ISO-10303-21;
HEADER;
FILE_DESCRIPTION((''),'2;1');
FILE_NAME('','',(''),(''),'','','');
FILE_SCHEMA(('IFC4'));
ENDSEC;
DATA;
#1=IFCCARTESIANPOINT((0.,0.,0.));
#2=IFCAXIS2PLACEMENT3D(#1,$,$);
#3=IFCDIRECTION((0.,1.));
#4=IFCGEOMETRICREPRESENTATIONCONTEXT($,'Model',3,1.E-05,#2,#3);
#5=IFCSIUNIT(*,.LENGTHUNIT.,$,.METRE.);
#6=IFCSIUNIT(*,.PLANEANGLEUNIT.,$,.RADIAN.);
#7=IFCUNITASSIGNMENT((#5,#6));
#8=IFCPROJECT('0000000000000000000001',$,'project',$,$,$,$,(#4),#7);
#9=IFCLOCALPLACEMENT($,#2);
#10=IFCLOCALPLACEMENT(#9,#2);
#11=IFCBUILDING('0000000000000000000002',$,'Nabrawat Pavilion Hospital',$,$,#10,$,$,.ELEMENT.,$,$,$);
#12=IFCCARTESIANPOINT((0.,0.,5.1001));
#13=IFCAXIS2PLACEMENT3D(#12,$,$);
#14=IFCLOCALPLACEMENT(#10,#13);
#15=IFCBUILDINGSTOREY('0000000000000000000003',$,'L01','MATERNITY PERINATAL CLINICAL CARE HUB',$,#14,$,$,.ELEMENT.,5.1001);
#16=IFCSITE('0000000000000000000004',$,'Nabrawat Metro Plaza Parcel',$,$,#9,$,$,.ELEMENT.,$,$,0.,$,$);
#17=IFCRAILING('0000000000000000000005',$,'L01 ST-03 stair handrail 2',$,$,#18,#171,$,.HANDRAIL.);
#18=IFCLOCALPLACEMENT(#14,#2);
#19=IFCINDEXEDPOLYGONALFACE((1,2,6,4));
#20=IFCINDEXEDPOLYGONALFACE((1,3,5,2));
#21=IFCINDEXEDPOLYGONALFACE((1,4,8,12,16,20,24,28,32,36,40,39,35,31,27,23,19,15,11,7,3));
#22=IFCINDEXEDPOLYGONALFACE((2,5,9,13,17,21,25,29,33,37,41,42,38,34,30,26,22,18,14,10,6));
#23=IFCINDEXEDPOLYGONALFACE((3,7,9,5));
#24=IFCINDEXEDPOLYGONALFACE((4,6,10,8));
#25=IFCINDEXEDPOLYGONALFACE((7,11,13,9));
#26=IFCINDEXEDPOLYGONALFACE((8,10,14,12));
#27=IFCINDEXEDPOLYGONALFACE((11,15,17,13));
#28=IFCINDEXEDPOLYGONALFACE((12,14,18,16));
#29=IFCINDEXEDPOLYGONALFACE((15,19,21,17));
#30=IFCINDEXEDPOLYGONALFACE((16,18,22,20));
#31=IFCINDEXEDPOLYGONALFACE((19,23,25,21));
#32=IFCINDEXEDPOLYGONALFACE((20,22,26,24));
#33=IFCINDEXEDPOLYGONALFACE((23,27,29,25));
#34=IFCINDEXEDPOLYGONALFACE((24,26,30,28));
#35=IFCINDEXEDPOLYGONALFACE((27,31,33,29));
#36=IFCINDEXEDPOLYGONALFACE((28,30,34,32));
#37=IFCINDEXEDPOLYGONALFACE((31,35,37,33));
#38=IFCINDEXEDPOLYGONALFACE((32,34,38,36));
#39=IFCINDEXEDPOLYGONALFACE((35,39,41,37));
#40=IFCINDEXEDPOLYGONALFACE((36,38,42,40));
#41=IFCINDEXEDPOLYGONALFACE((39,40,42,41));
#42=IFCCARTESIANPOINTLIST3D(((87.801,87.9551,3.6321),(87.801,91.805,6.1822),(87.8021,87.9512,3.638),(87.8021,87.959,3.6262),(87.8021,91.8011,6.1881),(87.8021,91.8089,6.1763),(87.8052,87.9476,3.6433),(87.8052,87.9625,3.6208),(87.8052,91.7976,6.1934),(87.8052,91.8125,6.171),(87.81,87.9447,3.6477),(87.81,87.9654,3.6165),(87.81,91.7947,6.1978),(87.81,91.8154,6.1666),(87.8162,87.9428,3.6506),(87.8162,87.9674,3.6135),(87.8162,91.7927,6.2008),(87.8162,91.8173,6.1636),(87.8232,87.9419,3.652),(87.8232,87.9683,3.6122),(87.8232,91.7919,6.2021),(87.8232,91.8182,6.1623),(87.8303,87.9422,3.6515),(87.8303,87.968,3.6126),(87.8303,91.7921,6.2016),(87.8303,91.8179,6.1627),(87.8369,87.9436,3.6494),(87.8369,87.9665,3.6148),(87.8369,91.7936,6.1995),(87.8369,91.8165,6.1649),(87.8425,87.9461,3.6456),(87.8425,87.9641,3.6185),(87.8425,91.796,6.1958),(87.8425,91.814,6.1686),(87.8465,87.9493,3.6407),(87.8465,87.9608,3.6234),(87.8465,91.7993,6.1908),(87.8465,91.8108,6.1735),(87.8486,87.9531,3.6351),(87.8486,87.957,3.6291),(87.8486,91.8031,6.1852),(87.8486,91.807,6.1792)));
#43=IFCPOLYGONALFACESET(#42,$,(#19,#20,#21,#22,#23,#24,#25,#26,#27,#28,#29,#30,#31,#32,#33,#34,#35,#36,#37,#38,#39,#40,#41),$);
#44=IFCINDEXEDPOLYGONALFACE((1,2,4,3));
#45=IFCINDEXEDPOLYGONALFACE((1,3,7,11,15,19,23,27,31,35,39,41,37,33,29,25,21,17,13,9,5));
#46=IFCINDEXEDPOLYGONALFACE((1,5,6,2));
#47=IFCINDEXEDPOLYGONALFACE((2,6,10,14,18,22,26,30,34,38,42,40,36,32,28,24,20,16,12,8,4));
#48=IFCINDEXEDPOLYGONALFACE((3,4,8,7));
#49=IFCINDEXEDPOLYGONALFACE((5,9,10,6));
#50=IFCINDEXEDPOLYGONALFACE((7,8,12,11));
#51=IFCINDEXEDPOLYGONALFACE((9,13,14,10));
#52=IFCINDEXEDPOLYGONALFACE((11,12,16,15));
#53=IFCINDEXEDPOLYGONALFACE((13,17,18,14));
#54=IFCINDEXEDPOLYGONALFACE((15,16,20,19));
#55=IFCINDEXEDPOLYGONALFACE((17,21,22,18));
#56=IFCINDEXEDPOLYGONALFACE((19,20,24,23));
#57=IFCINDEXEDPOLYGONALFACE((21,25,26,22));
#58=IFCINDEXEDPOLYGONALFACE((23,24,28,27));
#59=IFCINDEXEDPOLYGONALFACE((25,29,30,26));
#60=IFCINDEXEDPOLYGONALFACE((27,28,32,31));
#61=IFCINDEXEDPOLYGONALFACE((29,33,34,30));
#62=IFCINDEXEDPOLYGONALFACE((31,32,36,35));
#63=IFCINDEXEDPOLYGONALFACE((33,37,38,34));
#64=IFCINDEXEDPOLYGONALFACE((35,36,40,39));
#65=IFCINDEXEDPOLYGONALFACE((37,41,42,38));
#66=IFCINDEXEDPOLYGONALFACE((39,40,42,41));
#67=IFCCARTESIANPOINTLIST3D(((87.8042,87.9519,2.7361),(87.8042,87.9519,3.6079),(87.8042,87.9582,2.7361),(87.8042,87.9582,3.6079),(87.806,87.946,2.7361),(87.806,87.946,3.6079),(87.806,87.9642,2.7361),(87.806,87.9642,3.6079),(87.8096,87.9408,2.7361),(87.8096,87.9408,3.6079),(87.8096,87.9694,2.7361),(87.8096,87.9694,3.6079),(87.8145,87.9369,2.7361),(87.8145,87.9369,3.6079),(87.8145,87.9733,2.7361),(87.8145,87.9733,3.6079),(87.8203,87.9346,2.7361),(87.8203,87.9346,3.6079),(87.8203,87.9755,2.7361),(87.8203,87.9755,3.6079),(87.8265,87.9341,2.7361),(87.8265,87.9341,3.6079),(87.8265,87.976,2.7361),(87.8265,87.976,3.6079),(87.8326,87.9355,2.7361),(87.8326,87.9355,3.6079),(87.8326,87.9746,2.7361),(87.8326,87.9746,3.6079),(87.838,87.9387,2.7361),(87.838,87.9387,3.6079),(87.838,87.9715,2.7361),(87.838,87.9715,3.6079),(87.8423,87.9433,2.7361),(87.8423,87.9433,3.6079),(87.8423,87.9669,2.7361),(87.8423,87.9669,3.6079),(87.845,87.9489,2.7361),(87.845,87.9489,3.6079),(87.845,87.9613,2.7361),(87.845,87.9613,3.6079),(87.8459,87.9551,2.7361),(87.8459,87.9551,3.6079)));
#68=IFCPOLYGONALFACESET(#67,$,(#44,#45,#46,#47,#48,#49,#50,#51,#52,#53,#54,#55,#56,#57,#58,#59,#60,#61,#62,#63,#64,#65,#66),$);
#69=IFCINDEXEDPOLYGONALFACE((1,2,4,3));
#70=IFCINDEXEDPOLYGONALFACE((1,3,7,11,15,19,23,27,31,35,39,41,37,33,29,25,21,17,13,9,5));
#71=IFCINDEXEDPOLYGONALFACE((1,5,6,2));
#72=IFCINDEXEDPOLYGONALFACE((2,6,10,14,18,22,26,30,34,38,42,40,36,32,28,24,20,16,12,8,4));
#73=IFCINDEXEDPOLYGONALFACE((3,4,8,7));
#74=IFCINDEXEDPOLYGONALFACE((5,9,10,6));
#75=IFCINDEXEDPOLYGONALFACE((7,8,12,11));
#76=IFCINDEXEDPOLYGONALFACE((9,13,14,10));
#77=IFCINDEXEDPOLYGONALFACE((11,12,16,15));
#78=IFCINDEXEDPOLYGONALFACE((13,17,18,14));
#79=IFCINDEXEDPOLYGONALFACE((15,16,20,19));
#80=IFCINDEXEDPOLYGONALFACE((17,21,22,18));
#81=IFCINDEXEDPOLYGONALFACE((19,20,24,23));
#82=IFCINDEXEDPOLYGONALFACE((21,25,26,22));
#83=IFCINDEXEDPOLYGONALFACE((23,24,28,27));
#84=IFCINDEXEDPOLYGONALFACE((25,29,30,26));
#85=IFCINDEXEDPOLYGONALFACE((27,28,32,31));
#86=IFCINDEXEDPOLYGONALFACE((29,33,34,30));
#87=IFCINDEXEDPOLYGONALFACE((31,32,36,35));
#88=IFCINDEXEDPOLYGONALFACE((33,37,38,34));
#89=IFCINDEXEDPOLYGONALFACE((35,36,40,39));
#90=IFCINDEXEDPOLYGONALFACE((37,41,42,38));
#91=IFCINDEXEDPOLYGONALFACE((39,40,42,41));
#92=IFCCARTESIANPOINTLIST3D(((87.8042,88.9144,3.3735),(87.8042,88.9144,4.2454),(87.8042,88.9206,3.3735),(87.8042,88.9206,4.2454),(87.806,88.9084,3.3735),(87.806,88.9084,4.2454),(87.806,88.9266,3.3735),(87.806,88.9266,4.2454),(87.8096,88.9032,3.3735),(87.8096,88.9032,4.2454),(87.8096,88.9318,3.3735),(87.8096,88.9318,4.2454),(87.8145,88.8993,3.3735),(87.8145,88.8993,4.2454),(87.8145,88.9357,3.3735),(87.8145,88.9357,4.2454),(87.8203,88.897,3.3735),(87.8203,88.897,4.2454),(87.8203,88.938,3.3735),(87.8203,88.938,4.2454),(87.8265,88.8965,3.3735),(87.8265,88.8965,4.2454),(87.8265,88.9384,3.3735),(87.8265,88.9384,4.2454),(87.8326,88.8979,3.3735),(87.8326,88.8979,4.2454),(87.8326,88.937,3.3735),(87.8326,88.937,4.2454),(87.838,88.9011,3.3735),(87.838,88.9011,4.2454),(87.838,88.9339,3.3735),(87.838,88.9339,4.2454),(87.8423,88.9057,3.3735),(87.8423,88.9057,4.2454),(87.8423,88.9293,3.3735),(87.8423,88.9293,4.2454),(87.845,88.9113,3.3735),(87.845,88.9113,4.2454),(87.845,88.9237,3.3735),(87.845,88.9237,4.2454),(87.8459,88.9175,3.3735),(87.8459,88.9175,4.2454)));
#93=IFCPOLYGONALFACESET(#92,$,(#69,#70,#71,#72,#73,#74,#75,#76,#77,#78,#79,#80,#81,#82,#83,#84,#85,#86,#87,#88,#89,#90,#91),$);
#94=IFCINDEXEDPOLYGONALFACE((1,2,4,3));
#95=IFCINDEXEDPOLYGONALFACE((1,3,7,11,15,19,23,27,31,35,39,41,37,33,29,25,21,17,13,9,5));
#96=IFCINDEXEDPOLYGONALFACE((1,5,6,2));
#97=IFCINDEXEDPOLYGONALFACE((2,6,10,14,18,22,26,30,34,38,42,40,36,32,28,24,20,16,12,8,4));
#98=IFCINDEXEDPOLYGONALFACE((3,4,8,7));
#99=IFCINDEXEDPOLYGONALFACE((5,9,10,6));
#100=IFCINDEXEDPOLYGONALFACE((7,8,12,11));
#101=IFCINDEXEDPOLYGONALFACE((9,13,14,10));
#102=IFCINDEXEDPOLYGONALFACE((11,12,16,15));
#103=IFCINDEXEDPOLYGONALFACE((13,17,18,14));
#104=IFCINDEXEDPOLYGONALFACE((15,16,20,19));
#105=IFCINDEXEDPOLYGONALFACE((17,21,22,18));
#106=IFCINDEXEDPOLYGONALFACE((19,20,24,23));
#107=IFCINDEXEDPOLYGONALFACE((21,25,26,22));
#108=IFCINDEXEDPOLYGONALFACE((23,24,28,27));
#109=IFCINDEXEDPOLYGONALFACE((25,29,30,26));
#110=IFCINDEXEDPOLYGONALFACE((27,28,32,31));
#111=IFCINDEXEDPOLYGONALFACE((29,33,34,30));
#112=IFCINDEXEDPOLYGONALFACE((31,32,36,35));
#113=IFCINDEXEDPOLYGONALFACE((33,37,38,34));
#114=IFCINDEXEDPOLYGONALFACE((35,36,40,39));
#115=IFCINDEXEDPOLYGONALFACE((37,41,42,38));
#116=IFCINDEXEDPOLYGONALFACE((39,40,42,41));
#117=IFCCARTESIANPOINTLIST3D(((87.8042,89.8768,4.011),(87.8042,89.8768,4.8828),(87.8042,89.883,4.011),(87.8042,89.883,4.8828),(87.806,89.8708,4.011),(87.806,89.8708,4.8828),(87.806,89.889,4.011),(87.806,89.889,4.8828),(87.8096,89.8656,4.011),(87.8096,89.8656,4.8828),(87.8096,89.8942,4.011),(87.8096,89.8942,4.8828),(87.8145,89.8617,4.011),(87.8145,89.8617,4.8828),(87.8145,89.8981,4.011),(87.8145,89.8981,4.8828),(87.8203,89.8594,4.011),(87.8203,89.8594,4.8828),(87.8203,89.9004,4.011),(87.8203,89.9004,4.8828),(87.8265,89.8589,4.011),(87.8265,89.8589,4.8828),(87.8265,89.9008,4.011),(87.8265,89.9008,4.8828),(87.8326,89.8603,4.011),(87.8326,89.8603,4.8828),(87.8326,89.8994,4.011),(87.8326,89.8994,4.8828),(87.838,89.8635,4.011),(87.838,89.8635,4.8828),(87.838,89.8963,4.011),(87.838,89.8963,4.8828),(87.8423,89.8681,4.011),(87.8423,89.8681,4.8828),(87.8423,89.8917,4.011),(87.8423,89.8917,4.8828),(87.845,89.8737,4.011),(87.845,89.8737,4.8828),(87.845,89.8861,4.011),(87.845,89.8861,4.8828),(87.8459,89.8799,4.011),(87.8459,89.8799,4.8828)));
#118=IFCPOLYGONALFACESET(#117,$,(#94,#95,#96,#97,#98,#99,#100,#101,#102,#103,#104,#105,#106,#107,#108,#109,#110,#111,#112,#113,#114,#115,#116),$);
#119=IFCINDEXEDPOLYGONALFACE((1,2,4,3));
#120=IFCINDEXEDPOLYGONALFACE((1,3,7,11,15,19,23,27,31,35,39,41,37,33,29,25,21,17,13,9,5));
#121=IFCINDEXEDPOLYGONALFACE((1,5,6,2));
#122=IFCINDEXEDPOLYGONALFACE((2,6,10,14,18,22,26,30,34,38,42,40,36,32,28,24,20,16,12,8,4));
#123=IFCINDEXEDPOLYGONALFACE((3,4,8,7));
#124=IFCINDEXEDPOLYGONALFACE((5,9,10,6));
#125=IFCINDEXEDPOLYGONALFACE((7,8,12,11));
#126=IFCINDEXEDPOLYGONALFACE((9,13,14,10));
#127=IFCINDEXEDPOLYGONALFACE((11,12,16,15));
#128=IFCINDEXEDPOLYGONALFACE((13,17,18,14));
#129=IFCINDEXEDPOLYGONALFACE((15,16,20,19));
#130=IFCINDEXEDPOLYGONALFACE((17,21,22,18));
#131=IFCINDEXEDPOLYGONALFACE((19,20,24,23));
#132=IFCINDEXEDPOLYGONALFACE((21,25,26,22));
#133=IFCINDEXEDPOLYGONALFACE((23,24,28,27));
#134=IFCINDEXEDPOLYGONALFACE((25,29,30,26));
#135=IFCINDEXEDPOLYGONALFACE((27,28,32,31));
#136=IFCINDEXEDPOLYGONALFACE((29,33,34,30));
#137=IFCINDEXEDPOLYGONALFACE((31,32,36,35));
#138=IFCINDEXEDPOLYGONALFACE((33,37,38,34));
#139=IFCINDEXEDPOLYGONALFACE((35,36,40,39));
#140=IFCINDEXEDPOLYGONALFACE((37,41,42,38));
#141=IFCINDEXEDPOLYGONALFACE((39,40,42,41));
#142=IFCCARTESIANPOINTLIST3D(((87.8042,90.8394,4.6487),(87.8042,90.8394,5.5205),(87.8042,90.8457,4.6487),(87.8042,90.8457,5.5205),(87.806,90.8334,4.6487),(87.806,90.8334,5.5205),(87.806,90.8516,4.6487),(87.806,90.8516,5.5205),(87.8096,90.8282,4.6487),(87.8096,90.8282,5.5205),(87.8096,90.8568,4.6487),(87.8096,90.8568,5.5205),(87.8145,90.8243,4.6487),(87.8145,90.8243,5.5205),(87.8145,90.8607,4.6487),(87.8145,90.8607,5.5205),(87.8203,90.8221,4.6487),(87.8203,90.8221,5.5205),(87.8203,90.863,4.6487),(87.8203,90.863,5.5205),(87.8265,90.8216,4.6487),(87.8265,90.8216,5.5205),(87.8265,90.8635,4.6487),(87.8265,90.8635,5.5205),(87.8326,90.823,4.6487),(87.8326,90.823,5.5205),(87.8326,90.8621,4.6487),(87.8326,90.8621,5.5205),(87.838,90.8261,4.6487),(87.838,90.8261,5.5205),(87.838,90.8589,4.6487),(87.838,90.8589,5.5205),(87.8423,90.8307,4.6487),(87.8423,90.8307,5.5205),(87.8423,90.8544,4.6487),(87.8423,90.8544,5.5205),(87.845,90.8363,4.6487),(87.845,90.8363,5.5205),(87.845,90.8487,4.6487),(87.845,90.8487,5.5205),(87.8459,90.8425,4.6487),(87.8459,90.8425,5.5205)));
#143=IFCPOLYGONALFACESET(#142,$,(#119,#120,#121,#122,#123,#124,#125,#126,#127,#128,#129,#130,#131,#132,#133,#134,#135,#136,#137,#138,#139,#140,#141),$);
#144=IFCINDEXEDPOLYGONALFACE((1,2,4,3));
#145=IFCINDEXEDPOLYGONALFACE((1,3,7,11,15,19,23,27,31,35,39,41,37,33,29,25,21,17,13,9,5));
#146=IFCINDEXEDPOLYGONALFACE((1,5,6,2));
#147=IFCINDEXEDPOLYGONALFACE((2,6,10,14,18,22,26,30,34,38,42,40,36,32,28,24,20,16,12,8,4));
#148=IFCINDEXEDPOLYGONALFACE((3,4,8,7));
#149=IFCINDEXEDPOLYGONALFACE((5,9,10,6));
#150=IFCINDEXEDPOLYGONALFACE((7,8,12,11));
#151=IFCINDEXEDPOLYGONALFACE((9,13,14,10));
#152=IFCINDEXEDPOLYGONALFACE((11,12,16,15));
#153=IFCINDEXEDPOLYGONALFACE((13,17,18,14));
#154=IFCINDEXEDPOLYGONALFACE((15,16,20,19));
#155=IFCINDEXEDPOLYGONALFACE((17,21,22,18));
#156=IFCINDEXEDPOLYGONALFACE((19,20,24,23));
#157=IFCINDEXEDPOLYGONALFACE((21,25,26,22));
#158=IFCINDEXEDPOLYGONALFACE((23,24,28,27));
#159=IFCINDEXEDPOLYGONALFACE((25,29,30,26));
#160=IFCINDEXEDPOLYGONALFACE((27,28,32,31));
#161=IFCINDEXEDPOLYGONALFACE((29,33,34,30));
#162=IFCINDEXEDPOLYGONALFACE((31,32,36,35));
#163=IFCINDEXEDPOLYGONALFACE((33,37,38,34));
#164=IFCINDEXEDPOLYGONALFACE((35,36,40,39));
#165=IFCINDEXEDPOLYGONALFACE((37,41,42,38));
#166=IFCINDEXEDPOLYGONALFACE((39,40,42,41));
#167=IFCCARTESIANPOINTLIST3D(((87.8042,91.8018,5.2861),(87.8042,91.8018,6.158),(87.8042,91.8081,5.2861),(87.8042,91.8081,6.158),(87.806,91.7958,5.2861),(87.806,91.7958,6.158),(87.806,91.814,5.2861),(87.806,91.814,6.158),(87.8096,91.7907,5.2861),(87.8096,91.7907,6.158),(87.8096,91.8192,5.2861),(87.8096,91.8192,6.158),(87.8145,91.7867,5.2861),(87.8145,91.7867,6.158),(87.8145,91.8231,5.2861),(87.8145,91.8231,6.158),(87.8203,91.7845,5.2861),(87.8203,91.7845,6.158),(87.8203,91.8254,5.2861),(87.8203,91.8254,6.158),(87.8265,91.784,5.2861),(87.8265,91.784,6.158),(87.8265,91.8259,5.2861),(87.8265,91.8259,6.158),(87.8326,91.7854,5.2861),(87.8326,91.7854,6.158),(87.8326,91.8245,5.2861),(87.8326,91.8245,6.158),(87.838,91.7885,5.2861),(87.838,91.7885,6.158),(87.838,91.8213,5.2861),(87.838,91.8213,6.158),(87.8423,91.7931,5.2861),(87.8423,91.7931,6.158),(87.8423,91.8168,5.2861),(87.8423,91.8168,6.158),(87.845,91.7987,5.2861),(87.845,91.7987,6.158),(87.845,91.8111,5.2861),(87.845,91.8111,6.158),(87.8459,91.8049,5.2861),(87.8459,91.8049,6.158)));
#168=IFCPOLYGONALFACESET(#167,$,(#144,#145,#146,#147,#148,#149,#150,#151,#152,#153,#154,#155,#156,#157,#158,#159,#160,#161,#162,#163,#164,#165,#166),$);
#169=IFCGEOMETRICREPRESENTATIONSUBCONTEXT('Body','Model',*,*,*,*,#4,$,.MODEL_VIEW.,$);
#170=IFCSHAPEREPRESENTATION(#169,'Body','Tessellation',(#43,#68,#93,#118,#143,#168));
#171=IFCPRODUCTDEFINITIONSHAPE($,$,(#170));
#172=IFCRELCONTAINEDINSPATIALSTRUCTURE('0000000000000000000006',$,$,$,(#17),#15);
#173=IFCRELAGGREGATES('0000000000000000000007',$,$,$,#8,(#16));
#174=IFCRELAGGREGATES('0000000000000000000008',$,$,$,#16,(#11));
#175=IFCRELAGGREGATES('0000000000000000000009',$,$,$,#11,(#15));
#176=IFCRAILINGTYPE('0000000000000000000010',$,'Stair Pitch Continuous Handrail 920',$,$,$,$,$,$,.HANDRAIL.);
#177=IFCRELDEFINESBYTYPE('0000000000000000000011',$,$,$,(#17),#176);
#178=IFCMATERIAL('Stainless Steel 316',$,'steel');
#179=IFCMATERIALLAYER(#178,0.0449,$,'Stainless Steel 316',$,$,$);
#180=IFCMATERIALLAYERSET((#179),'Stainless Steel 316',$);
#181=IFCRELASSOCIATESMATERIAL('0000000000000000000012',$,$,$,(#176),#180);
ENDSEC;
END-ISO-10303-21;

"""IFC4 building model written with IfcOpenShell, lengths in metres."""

from ifc_helpers import new_model, si_unit, direction, frame, origin, origin_2d, place, context, subcontext, project, spatial, circle, extrude, material, layer, layer_set, type_object, element, save


model = new_model("IFC4")

# Units and contexts
model_context = context("Model", 3, precision=1e-05, world=origin(), true_north=direction((0.0, 1.0)))
body_context = subcontext(model_context, "Body", "Model", "MODEL_VIEW")
ifc_project = project(units=[si_unit("LENGTHUNIT", "METRE"), si_unit("PLANEANGLEUNIT", "RADIAN")], contexts=[model_context])

# Site, building, storey
site_placement = place(None, origin())
site = spatial("IfcSite", under=ifc_project, at=site_placement, Name="Nabrawat Metro Plaza Parcel", CompositionType="ELEMENT", RefElevation=0.0)
building_placement = place(site_placement, origin())
building = spatial("IfcBuilding", under=site, at=building_placement, Name="Nabrawat Pavilion Hospital", CompositionType="ELEMENT")
storey_placement = place(building_placement, frame((0.0, 0.0, 5.1001)))
storey = spatial("IfcBuildingStorey", under=building, at=storey_placement, Name="L01", Description="MATERNITY PERINATAL CLINICAL CARE HUB", CompositionType="ELEMENT", Elevation=5.1001)

# Railing
ifc_material_1 = material(Name="Stainless Steel 316", Category="steel")
ifc_layer_1 = layer(ifc_material_1, 0.0449, Name="Stainless Steel 316")
ifc_layer_set_1 = layer_set([ifc_layer_1], Name="Stainless Steel 316")
railing_type_1 = type_object("IfcRailingType", Name="Stair Pitch Continuous Handrail 920", PredefinedType="HANDRAIL", material=ifc_layer_set_1)
railing_1_placement = place(storey_placement, frame((87.825, 87.9551, 2.7361)))
element("IfcRailing", 1, at=railing_1_placement, inside=storey, type_object=railing_type_1, Name="L01 ST-03 stair handrail 2", PredefinedType="HANDRAIL", context=body_context, shape_type="SweptSolid", body=[
    extrude(circle(Radius=0.0239, at=origin_2d()), frame((0.0, 0.0, 0.896), z_axis=(0.0, 0.833698, 0.552221), x_axis=(-1.0, 0.0, 0.0)), (0.0, 0.0, 1.0), 4.6179),
    extrude(circle(Radius=0.021, at=origin_2d()), origin(), (0.0, 0.0, 1.0), 0.8718),
    extrude(circle(Radius=0.021, at=origin_2d()), frame((0.0, 0.9624, 0.6375)), (0.0, 0.0, 1.0), 0.8718),
    extrude(circle(Radius=0.021, at=origin_2d()), frame((0.0, 1.9248, 1.2749)), (0.0, 0.0, 1.0), 0.8718),
    extrude(circle(Radius=0.021, at=origin_2d()), frame((0.0, 2.8875, 1.9126)), (0.0, 0.0, 1.0), 0.8718),
    extrude(circle(Radius=0.021, at=origin_2d()), frame((0.0, 3.8499, 2.55)), (0.0, 0.0, 1.0), 0.8718),
])

save(model, "model.ifc")
